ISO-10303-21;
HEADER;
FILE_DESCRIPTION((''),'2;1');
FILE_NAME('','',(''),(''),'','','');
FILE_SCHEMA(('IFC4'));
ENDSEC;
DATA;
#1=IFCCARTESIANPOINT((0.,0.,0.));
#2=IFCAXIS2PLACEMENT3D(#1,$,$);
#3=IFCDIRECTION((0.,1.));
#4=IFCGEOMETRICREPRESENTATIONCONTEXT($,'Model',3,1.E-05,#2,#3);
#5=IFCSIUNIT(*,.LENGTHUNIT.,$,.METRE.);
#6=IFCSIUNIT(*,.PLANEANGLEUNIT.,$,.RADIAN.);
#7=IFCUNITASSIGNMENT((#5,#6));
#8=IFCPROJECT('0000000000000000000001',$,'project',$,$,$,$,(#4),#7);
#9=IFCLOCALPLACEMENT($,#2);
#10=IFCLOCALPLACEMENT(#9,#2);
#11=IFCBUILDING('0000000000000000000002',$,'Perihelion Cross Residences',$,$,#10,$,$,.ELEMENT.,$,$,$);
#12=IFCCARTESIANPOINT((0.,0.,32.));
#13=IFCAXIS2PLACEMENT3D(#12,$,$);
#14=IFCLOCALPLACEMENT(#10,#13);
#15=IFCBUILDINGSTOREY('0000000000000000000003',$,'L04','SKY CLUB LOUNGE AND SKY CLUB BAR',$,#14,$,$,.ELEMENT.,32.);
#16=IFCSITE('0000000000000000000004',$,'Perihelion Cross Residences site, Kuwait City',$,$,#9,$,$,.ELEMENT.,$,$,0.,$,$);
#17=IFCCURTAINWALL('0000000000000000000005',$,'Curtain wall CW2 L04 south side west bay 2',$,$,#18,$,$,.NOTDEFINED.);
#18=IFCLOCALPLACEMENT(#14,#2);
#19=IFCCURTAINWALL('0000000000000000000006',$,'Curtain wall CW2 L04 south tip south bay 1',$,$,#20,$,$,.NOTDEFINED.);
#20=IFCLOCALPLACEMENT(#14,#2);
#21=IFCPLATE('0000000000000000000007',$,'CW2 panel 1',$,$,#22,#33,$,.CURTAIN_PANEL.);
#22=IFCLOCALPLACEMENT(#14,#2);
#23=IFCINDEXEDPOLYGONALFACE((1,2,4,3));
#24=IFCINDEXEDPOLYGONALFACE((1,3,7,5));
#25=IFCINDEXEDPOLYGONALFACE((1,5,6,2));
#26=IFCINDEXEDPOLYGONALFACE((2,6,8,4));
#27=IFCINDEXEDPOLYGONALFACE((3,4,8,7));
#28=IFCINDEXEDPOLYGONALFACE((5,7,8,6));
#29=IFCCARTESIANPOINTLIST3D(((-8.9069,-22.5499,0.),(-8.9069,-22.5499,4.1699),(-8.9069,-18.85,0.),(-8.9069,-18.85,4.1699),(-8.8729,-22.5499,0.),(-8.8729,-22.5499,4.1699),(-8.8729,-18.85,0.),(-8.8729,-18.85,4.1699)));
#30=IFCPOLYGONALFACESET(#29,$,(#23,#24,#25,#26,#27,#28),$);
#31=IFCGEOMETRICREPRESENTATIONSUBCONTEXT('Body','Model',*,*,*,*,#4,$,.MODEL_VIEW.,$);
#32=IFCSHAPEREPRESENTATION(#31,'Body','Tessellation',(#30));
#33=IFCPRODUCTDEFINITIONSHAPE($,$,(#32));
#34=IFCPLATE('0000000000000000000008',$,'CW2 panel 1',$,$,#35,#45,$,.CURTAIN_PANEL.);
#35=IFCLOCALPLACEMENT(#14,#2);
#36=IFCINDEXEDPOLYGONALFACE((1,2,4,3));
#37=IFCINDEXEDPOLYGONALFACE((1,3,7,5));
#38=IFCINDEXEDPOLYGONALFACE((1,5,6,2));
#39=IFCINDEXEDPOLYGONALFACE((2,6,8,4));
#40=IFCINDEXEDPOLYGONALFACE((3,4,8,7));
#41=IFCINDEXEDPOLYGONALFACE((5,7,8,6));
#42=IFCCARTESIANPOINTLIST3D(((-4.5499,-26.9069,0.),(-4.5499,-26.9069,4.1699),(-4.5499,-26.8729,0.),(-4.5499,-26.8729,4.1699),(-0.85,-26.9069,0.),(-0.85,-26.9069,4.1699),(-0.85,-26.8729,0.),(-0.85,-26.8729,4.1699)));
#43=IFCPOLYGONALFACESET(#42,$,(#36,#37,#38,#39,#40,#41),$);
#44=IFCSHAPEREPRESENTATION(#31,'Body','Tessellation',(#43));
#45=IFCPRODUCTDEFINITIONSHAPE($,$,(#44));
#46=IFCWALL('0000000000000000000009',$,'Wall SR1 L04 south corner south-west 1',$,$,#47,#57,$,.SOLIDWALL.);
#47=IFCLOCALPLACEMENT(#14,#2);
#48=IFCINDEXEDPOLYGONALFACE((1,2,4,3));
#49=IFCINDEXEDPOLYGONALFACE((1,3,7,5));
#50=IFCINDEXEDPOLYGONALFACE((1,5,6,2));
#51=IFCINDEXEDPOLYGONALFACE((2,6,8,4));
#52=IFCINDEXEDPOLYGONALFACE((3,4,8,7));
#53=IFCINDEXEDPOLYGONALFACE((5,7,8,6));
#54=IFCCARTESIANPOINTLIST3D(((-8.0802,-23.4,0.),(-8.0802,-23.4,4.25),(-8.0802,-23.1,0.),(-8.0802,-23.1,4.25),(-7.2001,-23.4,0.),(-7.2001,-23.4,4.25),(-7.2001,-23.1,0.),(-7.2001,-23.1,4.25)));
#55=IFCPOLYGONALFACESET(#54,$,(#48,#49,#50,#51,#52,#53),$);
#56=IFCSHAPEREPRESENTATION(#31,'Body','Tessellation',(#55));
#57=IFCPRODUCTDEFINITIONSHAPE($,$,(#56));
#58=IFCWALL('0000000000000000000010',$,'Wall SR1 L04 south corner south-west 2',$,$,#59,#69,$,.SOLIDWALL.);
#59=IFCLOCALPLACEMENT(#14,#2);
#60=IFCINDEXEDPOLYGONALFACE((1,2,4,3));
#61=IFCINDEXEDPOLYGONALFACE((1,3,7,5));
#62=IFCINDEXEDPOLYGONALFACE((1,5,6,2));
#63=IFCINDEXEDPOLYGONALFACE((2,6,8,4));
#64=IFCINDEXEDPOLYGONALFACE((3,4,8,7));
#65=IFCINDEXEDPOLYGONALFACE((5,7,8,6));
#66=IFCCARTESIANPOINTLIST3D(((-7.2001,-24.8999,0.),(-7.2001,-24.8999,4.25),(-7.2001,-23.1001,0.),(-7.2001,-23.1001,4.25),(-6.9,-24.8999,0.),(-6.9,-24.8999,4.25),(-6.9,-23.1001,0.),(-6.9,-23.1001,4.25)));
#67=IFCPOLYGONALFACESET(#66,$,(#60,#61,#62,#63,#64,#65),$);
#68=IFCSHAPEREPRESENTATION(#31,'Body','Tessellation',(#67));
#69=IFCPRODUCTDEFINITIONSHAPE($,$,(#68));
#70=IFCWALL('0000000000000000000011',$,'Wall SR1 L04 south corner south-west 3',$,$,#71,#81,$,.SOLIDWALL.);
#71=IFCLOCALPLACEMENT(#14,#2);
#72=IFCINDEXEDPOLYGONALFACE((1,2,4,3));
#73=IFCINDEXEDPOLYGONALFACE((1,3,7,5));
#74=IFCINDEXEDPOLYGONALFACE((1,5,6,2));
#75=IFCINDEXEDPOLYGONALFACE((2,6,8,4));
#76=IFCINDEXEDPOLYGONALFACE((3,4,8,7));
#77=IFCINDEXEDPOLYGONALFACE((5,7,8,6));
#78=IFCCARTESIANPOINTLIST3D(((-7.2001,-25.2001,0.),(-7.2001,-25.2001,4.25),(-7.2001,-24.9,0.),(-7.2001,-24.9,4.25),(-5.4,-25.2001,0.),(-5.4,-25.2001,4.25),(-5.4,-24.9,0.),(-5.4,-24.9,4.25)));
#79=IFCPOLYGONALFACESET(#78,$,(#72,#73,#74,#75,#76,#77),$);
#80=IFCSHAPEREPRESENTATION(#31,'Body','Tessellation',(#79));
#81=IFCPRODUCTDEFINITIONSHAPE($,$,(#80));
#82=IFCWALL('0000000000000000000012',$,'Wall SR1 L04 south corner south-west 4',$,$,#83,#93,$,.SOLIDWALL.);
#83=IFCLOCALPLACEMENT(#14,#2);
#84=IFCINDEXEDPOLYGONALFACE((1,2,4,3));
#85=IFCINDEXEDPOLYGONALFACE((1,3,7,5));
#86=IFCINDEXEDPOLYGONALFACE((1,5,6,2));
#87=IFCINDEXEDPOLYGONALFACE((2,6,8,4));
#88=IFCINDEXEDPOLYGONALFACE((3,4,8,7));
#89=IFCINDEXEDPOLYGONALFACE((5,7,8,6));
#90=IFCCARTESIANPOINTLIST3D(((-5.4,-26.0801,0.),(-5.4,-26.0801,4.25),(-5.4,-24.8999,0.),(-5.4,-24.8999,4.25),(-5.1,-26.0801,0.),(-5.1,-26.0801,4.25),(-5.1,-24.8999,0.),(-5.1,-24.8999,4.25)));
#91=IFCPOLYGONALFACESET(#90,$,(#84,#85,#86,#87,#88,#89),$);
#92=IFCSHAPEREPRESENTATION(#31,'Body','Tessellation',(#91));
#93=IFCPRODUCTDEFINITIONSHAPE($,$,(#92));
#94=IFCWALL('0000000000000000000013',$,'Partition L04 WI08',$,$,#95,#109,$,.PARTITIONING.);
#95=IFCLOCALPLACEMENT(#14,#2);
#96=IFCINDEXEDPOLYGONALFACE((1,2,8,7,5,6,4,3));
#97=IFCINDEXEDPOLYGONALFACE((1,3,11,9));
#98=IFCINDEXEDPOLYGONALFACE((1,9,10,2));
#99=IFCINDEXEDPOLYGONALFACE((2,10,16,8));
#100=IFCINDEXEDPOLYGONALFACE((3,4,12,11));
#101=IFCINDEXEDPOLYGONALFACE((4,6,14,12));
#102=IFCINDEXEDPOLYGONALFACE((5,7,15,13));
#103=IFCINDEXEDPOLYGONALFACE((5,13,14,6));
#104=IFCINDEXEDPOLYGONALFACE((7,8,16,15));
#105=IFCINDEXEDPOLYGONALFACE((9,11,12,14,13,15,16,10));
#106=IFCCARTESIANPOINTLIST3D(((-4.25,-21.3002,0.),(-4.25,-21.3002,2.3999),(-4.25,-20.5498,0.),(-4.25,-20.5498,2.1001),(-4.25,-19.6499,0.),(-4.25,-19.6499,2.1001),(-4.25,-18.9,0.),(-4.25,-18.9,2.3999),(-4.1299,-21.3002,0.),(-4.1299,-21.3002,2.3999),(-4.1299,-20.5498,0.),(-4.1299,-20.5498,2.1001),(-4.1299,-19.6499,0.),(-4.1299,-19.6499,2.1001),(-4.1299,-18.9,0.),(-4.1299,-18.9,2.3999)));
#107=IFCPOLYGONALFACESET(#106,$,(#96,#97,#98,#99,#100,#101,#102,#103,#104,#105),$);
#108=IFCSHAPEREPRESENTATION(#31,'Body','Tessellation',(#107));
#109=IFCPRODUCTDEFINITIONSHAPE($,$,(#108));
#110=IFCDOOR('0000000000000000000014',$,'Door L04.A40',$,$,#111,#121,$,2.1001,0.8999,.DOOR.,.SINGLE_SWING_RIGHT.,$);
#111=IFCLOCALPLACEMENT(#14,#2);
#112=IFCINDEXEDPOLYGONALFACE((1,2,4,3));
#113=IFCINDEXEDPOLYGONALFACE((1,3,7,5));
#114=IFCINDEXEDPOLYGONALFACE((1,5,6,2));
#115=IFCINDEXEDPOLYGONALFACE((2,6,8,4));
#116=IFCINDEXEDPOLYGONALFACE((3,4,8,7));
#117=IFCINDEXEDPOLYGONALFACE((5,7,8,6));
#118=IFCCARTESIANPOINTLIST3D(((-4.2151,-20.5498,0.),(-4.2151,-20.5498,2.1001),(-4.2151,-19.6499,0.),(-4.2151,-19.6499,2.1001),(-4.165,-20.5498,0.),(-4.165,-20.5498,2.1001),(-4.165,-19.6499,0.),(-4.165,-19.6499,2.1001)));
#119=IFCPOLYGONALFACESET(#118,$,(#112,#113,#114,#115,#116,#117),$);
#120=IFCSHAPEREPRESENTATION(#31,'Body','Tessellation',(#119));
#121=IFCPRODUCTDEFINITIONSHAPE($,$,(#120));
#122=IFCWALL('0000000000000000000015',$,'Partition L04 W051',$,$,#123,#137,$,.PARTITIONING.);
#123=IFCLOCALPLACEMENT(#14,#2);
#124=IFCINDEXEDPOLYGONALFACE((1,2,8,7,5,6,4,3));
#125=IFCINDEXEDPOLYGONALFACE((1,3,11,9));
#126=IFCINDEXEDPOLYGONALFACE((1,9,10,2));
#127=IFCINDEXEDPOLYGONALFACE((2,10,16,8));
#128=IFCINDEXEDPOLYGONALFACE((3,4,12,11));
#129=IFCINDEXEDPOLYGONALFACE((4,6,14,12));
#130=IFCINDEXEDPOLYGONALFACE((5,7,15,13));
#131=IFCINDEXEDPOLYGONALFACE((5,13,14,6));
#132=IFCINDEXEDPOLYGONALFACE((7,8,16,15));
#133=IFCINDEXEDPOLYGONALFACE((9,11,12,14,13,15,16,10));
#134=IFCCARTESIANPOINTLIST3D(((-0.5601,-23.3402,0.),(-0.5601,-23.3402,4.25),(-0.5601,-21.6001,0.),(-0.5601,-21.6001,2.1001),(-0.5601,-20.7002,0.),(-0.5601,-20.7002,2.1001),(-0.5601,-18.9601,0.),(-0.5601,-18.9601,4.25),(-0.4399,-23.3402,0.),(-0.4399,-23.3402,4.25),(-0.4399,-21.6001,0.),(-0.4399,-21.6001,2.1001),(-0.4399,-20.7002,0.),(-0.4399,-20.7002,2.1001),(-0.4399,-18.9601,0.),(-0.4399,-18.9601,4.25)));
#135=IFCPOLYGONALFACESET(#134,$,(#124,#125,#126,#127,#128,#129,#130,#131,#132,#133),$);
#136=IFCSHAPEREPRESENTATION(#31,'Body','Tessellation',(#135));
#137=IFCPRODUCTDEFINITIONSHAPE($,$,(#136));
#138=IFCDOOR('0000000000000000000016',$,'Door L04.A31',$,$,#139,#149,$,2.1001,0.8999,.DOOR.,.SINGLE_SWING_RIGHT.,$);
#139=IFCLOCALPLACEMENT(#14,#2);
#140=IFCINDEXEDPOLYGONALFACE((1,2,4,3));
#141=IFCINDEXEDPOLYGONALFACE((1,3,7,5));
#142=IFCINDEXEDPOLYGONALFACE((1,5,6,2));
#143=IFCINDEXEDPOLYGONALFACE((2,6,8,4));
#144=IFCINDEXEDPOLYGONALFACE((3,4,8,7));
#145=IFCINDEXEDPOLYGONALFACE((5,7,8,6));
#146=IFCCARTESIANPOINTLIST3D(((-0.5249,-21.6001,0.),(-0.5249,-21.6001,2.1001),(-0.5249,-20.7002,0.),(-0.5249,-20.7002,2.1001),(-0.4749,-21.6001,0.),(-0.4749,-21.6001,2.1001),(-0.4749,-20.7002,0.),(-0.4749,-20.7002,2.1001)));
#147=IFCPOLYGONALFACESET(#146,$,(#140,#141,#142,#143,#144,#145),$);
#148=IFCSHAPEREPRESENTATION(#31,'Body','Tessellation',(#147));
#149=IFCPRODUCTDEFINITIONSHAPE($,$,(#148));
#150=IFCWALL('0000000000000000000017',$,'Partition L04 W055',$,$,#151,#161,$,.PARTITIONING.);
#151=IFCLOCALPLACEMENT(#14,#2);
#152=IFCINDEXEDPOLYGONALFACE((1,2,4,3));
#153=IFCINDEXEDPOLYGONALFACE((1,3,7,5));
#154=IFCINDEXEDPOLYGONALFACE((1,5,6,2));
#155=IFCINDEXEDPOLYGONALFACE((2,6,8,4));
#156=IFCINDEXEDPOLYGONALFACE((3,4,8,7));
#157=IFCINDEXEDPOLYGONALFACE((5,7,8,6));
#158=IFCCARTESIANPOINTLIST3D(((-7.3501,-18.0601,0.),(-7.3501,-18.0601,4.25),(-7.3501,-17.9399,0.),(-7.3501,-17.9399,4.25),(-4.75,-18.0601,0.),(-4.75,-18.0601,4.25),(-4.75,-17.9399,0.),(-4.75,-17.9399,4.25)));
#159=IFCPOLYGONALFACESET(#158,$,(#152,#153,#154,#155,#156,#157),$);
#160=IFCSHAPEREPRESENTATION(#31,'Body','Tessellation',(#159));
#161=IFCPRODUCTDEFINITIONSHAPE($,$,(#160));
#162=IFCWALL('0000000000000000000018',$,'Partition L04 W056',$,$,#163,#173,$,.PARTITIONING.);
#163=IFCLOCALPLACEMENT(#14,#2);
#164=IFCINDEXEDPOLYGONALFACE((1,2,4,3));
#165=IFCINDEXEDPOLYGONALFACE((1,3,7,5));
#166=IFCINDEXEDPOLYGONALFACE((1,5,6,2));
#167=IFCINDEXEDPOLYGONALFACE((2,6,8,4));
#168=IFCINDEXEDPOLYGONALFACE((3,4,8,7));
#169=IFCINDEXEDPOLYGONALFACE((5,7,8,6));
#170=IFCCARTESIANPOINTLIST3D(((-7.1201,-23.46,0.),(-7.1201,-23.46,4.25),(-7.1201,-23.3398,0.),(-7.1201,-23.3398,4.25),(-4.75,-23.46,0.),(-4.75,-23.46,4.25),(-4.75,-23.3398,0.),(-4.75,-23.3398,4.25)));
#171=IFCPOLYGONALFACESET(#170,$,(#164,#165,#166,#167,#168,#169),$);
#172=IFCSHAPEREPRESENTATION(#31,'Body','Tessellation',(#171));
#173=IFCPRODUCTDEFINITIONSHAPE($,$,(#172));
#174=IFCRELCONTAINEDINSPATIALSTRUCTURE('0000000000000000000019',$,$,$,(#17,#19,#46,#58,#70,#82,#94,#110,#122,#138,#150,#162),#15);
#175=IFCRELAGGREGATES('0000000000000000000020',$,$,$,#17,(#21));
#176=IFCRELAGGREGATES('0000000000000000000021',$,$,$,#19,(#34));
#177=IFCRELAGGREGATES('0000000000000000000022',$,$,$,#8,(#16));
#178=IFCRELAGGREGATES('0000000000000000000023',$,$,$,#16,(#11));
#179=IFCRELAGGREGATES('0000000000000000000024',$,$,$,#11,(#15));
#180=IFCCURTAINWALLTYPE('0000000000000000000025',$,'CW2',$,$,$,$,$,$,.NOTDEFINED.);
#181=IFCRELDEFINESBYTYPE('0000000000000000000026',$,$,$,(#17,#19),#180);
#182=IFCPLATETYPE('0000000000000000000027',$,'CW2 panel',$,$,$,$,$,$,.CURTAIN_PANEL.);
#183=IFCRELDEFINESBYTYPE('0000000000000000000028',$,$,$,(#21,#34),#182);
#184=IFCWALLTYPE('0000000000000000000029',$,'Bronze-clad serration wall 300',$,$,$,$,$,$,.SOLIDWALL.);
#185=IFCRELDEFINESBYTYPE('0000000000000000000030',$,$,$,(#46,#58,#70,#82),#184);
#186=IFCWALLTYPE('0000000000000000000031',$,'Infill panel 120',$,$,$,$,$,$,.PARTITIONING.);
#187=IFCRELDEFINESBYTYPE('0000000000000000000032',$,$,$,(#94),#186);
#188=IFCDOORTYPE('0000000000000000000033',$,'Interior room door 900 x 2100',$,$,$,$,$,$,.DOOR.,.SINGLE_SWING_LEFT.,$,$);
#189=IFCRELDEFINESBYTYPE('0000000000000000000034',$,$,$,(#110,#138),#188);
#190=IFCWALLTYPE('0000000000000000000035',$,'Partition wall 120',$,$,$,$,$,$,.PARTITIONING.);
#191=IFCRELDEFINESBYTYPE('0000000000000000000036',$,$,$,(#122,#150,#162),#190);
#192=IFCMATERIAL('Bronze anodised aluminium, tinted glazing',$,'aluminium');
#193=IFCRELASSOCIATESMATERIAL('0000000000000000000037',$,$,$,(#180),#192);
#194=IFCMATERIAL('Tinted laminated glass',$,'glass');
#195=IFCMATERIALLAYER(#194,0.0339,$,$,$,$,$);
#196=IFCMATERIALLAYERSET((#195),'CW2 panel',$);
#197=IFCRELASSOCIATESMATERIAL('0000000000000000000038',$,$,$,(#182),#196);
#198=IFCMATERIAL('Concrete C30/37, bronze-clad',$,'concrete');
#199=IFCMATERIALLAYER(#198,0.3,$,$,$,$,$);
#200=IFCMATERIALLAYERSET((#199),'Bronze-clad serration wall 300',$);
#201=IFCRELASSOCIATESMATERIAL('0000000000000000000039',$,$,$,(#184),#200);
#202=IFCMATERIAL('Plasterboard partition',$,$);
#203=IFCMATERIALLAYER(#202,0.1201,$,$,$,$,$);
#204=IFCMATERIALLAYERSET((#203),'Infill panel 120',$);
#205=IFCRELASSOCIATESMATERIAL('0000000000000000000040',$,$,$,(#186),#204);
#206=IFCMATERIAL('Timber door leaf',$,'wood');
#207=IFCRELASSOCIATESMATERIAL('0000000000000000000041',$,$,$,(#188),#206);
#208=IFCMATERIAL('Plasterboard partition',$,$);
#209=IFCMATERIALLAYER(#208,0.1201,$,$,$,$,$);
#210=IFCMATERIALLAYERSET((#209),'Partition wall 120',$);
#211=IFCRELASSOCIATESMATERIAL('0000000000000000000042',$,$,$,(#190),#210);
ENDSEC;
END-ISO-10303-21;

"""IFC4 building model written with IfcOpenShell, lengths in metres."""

from ifc_helpers import new_model, si_unit, direction, frame, frame_2d, origin, origin_2d, place, context, subcontext, project, spatial, rectangle, extrude, material, layer, layer_set, type_object, element, fill, aggregate, save


model = new_model("IFC4")

# Units and contexts
model_context = context("Model", 3, precision=1e-05, world=origin(), true_north=direction((0.0, 1.0)))
body_context = subcontext(model_context, "Body", "Model", "MODEL_VIEW")
ifc_project = project(units=[si_unit("LENGTHUNIT", "METRE"), si_unit("PLANEANGLEUNIT", "RADIAN")], contexts=[model_context])

# Site, building, storey
site_placement = place(None, origin())
site = spatial("IfcSite", under=ifc_project, at=site_placement, Name="Perihelion Cross Residences site, Kuwait City", CompositionType="ELEMENT", RefElevation=0.0)
building_placement = place(site_placement, origin())
building = spatial("IfcBuilding", under=site, at=building_placement, Name="Perihelion Cross Residences", CompositionType="ELEMENT")
storey_placement = place(building_placement, frame((0.0, 0.0, 32.0)))
storey = spatial("IfcBuildingStorey", under=building, at=storey_placement, Name="L04", Description="SKY CLUB LOUNGE AND SKY CLUB BAR", CompositionType="ELEMENT", Elevation=32.0)

# Curtain walls
ifc_material_1 = material(Name="Bronze anodised aluminium, tinted glazing", Category="aluminium")
curtain_wall_type = type_object("IfcCurtainWallType", Name="CW2", PredefinedType="NOTDEFINED", material=ifc_material_1)
curtain_wall_1_placement = place(storey_placement, origin())
curtain_wall_1 = element("IfcCurtainWall", 1, at=curtain_wall_1_placement, inside=storey, type_object=curtain_wall_type, Name="Curtain wall CW2 L04 south side west bay 2", PredefinedType="NOTDEFINED")
curtain_wall_2_placement = place(storey_placement, origin())
curtain_wall_2 = element("IfcCurtainWall", 2, at=curtain_wall_2_placement, inside=storey, type_object=curtain_wall_type, Name="Curtain wall CW2 L04 south tip south bay 1", PredefinedType="NOTDEFINED")

# Plates
ifc_material_2 = material(Name="Tinted laminated glass", Category="glass")
ifc_layer_1 = layer(ifc_material_2, 0.0339)
ifc_layer_set_1 = layer_set([ifc_layer_1], Name="CW2 panel")
plate_type = type_object("IfcPlateType", Name="CW2 panel", PredefinedType="CURTAIN_PANEL", material=ifc_layer_set_1)
plate_1_placement = place(storey_placement, frame((-8.8899, -20.7, 0.0), z_axis=(0.0, 0.0, 1.0), x_axis=(0.0, -1.0, 0.0)))
plate_1 = element("IfcPlate", 3, at=plate_1_placement, type_object=plate_type, Name="CW2 panel 1", PredefinedType="CURTAIN_PANEL", context=body_context, shape_type="SweptSolid", body=[
    extrude(rectangle(XDim=3.7, YDim=0.0339, at=origin_2d()), origin(), (0.0, 0.0, 1.0), 4.1699),
])
aggregate(curtain_wall_1, [plate_1])
plate_2_placement = place(storey_placement, frame((-2.7, -26.8899, 0.0), z_axis=(0.0, 0.0, 1.0), x_axis=(1.0, 0.0, 0.0)))
plate_2 = element("IfcPlate", 4, at=plate_2_placement, type_object=plate_type, Name="CW2 panel 1", PredefinedType="CURTAIN_PANEL", context=body_context, shape_type="SweptSolid", body=[
    extrude(rectangle(XDim=3.7, YDim=0.0339, at=origin_2d()), origin(), (0.0, 0.0, 1.0), 4.1699),
])
aggregate(curtain_wall_2, [plate_2])

# Walls
ifc_material_3 = material(Name="Concrete C30/37, bronze-clad", Category="concrete")
ifc_layer_2 = layer(ifc_material_3, 0.3)
ifc_layer_set_2 = layer_set([ifc_layer_2], Name="Bronze-clad serration wall 300")
wall_type_1 = type_object("IfcWallType", Name="Bronze-clad serration wall 300", PredefinedType="SOLIDWALL", material=ifc_layer_set_2)
wall_1_placement = place(storey_placement, frame((-8.0801, -23.25, 0.0), z_axis=(0.0, 0.0, 1.0), x_axis=(1.0, 0.0, 0.0)))
element("IfcWall", 5, at=wall_1_placement, inside=storey, type_object=wall_type_1, Name="Wall SR1 L04 south corner south-west 1", PredefinedType="SOLIDWALL", context=body_context, shape_type="SweptSolid", body=[
    extrude(rectangle(XDim=0.8801, YDim=0.3, at=frame_2d((0.4399, 0.0))), origin(), (0.0, 0.0, 1.0), 4.25),
])
wall_2_placement = place(storey_placement, frame((-7.05, -23.1001, 0.0), z_axis=(0.0, 0.0, 1.0), x_axis=(0.0, -1.0, 0.0)))
element("IfcWall", 6, at=wall_2_placement, inside=storey, type_object=wall_type_1, Name="Wall SR1 L04 south corner south-west 2", PredefinedType="SOLIDWALL", context=body_context, shape_type="SweptSolid", body=[
    extrude(rectangle(XDim=1.7998, YDim=0.3, at=frame_2d((0.8999, 0.0))), origin(), (0.0, 0.0, 1.0), 4.25),
])
wall_3_placement = place(storey_placement, frame((-7.2, -25.05, 0.0), z_axis=(0.0, 0.0, 1.0), x_axis=(1.0, 0.0, 0.0)))
element("IfcWall", 7, at=wall_3_placement, inside=storey, type_object=wall_type_1, Name="Wall SR1 L04 south corner south-west 3", PredefinedType="SOLIDWALL", context=body_context, shape_type="SweptSolid", body=[
    extrude(rectangle(XDim=1.8, YDim=0.3, at=frame_2d((0.8999, 0.0))), origin(), (0.0, 0.0, 1.0), 4.25),
])
wall_4_placement = place(storey_placement, frame((-5.25, -24.8999, 0.0), z_axis=(0.0, 0.0, 1.0), x_axis=(0.0, -1.0, 0.0)))
element("IfcWall", 8, at=wall_4_placement, inside=storey, type_object=wall_type_1, Name="Wall SR1 L04 south corner south-west 4", PredefinedType="SOLIDWALL", context=body_context, shape_type="SweptSolid", body=[
    extrude(rectangle(XDim=1.1802, YDim=0.3, at=frame_2d((0.5901, 0.0))), origin(), (0.0, 0.0, 1.0), 4.25),
])

# Walls, openings, doors
ifc_material_4 = material(Name="Plasterboard partition")
ifc_layer_3 = layer(ifc_material_4, 0.1201)
ifc_layer_set_3 = layer_set([ifc_layer_3], Name="Infill panel 120")
wall_type_2 = type_object("IfcWallType", Name="Infill panel 120", PredefinedType="PARTITIONING", material=ifc_layer_set_3)
wall_5_placement = place(storey_placement, frame((-4.1899, -18.8999, 0.0), z_axis=(0.0, 0.0, 1.0), x_axis=(0.0, -1.0, 0.0)))
wall_5 = element("IfcWall", 9, at=wall_5_placement, inside=storey, type_object=wall_type_2, Name="Partition L04 WI08", PredefinedType="PARTITIONING", context=body_context, shape_type="SweptSolid", body=[
    extrude(rectangle(XDim=2.4001, YDim=0.1201, at=frame_2d((1.2002, 0.0))), origin(), (0.0, 0.0, 1.0), 2.3999),
])
opening_1_placement = place(wall_5_placement, frame((0.75, 0.0, 0.0)))
opening_1 = element("IfcOpeningElement", 10, at=opening_1_placement, cuts=wall_5, PredefinedType="OPENING", context=body_context, shape_type="SweptSolid", body=[
    extrude(rectangle(XDim=0.8999, YDim=2.1001, at=frame_2d((0.45, 1.05))), frame((0.0, 0.0701, 0.0), z_axis=(0.0, -1.0, 0.0), x_axis=(1.0, 0.0, 0.0)), (0.0, 0.0, 1.0), 0.1401),
])
ifc_material_5 = material(Name="Timber door leaf", Category="wood")
door_type = type_object("IfcDoorType", Name="Interior room door 900 x 2100", OperationType="SINGLE_SWING_LEFT", PredefinedType="DOOR", material=ifc_material_5)
door_1_placement = place(opening_1_placement, origin())
door_1 = element("IfcDoor", 11, at=door_1_placement, inside=storey, type_object=door_type, Name="Door L04.A40", OperationType="SINGLE_SWING_RIGHT", OverallHeight=2.1001, OverallWidth=0.8999, PredefinedType="DOOR", context=body_context, shape_type="SweptSolid", body=[
    extrude(rectangle(XDim=0.8999, YDim=2.1001, at=frame_2d((0.45, 1.05))), frame((0.0, 0.0249, 0.0), z_axis=(0.0, -1.0, 0.0), x_axis=(1.0, 0.0, 0.0)), (0.0, 0.0, 1.0), 0.05),
])
fill(opening_1, door_1)
ifc_material_6 = material(Name="Plasterboard partition")
ifc_layer_4 = layer(ifc_material_6, 0.1201)
ifc_layer_set_4 = layer_set([ifc_layer_4], Name="Partition wall 120")
wall_type_3 = type_object("IfcWallType", Name="Partition wall 120", PredefinedType="PARTITIONING", material=ifc_layer_set_4)
wall_6_placement = place(storey_placement, frame((-0.5, -23.3401, 0.0), z_axis=(0.0, 0.0, 1.0), x_axis=(0.0, 1.0, 0.0)))
wall_6 = element("IfcWall", 12, at=wall_6_placement, inside=storey, type_object=wall_type_3, Name="Partition L04 W051", PredefinedType="PARTITIONING", context=body_context, shape_type="SweptSolid", body=[
    extrude(rectangle(XDim=4.3801, YDim=0.1201, at=frame_2d((2.1899, 0.0))), origin(), (0.0, 0.0, 1.0), 4.25),
])
opening_2_placement = place(wall_6_placement, frame((1.74, 0.0, 0.0)))
opening_2 = element("IfcOpeningElement", 13, at=opening_2_placement, cuts=wall_6, PredefinedType="OPENING", context=body_context, shape_type="SweptSolid", body=[
    extrude(rectangle(XDim=0.8999, YDim=2.1001, at=frame_2d((0.45, 1.05))), frame((0.0, 0.0701, 0.0), z_axis=(0.0, -1.0, 0.0), x_axis=(1.0, 0.0, 0.0)), (0.0, 0.0, 1.0), 0.1401),
])
door_2_placement = place(opening_2_placement, origin())
door_2 = element("IfcDoor", 14, at=door_2_placement, inside=storey, type_object=door_type, Name="Door L04.A31", OperationType="SINGLE_SWING_RIGHT", OverallHeight=2.1001, OverallWidth=0.8999, PredefinedType="DOOR", context=body_context, shape_type="SweptSolid", body=[
    extrude(rectangle(XDim=0.8999, YDim=2.1001, at=frame_2d((0.45, 1.05))), frame((0.0, 0.0249, 0.0), z_axis=(0.0, -1.0, 0.0), x_axis=(1.0, 0.0, 0.0)), (0.0, 0.0, 1.0), 0.05),
])
fill(opening_2, door_2)

# Walls
wall_7_placement = place(storey_placement, frame((-4.75, -18.0, 0.0), z_axis=(0.0, 0.0, 1.0), x_axis=(-1.0, 0.0, 0.0)))
element("IfcWall", 15, at=wall_7_placement, inside=storey, type_object=wall_type_3, Name="Partition L04 W055", PredefinedType="PARTITIONING", context=body_context, shape_type="SweptSolid", body=[
    extrude(rectangle(XDim=2.6001, YDim=0.1201, at=frame_2d((1.3, 0.0))), origin(), (0.0, 0.0, 1.0), 4.25),
])
wall_8_placement = place(storey_placement, frame((-4.75, -23.3999, 0.0), z_axis=(0.0, 0.0, 1.0), x_axis=(-1.0, 0.0, 0.0)))
element("IfcWall", 16, at=wall_8_placement, inside=storey, type_object=wall_type_3, Name="Partition L04 W056", PredefinedType="PARTITIONING", context=body_context, shape_type="SweptSolid", body=[
    extrude(rectangle(XDim=2.3701, YDim=0.1201, at=frame_2d((1.1851, 0.0))), origin(), (0.0, 0.0, 1.0), 4.25),
])

save(model, "model.ifc")
